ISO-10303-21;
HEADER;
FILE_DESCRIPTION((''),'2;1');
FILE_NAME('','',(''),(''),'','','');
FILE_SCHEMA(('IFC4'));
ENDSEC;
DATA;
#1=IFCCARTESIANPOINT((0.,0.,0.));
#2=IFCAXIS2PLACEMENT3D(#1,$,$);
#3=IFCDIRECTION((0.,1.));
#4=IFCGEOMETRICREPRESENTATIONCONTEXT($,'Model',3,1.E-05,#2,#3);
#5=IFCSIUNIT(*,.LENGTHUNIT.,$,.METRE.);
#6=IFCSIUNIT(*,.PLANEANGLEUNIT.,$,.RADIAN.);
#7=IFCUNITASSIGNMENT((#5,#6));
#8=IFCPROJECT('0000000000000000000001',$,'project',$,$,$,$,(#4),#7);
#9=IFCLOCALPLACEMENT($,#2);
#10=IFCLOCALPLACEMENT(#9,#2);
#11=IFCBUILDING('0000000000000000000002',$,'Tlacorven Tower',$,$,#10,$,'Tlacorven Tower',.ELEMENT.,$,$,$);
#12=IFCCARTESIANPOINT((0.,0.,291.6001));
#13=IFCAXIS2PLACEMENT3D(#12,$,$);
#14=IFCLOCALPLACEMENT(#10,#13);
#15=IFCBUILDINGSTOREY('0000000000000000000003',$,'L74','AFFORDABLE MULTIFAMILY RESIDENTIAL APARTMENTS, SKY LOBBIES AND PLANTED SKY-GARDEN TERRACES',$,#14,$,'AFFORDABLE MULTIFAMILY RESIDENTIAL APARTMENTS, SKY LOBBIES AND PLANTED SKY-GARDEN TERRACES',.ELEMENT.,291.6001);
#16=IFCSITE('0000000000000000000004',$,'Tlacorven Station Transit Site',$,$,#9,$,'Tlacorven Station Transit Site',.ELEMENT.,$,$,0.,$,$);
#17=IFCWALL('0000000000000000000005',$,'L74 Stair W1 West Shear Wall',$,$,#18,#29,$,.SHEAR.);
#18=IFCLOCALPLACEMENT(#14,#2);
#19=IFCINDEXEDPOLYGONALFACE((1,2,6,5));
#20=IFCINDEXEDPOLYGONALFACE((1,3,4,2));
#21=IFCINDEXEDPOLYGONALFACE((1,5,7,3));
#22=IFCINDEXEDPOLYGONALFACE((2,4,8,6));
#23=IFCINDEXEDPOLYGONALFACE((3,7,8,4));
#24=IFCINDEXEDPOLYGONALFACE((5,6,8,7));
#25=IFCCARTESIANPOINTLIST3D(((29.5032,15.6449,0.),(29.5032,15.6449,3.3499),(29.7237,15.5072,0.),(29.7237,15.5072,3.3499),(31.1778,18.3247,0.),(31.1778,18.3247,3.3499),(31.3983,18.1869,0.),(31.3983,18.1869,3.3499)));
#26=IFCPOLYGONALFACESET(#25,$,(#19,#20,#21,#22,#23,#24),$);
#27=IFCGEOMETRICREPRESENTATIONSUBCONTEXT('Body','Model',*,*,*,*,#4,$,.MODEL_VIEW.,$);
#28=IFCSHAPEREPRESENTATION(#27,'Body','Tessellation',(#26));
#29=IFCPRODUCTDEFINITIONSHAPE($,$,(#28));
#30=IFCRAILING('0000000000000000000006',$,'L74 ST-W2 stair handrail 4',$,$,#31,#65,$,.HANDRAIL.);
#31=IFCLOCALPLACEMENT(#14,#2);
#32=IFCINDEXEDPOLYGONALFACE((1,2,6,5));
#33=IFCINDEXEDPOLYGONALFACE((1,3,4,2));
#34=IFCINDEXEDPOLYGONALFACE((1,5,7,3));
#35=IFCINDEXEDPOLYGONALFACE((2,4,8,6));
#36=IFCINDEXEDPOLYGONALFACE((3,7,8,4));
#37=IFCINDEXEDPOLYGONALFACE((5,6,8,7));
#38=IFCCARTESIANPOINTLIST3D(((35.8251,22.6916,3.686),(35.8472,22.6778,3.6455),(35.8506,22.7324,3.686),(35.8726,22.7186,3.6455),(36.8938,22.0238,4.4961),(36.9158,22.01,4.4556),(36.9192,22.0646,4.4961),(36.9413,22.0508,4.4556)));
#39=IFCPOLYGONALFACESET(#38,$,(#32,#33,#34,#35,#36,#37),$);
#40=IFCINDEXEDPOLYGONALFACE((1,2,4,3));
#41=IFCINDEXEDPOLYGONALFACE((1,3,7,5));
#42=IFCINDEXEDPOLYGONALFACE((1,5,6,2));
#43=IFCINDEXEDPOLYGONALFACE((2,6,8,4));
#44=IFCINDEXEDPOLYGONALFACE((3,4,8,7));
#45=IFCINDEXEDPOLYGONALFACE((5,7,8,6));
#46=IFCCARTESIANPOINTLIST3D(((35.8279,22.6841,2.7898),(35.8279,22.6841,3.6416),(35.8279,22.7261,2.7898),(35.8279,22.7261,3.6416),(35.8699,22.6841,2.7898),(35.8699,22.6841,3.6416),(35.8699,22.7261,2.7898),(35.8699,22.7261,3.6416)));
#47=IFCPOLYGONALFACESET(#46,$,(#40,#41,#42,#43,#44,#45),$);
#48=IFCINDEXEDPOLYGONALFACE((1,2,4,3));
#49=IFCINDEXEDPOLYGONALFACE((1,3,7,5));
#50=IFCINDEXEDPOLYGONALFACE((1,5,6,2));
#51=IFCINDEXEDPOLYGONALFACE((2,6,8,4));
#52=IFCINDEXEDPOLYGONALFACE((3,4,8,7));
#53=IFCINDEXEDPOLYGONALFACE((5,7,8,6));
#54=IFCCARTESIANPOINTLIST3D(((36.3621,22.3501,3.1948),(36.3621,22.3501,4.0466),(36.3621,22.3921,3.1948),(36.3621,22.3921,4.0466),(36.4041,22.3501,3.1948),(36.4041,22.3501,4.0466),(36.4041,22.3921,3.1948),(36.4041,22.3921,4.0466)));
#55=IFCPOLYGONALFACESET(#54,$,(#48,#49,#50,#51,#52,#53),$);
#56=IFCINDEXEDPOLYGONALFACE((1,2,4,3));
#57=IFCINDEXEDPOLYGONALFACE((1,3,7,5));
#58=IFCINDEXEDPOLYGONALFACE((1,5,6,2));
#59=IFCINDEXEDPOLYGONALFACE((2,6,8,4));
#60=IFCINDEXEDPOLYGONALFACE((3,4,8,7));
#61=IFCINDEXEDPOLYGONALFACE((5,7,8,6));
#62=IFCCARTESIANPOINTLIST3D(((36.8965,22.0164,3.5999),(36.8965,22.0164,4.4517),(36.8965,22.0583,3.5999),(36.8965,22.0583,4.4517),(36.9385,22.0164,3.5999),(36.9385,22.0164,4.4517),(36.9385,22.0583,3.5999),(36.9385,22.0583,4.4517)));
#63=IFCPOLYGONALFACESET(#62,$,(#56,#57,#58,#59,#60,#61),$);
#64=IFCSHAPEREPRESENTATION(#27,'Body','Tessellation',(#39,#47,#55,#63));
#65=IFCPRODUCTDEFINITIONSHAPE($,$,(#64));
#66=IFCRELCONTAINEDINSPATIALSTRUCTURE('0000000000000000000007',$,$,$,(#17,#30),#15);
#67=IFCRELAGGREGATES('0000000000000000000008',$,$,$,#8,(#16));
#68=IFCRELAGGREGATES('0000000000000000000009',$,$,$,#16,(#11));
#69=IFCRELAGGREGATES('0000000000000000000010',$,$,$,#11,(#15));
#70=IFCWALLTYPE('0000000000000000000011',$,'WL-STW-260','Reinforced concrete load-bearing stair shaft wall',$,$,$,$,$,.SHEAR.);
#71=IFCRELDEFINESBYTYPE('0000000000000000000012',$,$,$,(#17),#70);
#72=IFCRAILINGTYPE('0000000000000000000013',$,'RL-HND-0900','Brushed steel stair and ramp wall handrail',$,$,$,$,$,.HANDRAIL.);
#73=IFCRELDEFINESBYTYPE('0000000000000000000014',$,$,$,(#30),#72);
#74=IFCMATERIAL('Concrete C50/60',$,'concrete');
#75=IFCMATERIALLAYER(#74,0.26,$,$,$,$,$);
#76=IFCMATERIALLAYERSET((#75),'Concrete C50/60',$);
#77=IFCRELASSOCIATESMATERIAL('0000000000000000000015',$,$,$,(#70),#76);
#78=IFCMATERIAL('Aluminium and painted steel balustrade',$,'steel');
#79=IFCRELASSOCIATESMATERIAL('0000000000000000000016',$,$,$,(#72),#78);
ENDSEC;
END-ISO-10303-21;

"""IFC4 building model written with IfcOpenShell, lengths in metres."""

from ifc_helpers import new_model, si_unit, direction, frame, frame_2d, origin, origin_2d, place, context, subcontext, project, spatial, rectangle, extrude, source, transform, mapped, material, layer, layer_set, type_object, element, save


model = new_model("IFC4")

# Units and contexts
model_context = context("Model", 3, precision=1e-05, world=origin(), true_north=direction((0.0, 1.0)))
body_context = subcontext(model_context, "Body", "Model", "MODEL_VIEW")
ifc_project = project(units=[si_unit("LENGTHUNIT", "METRE"), si_unit("PLANEANGLEUNIT", "RADIAN")], contexts=[model_context])

# Site, building, storey
site_placement = place(None, origin())
site = spatial("IfcSite", under=ifc_project, at=site_placement, Name="Tlacorven Station Transit Site", LongName="Tlacorven Station Transit Site", CompositionType="ELEMENT", RefElevation=0.0)
building_placement = place(site_placement, origin())
building = spatial("IfcBuilding", under=site, at=building_placement, Name="Tlacorven Tower", LongName="Tlacorven Tower", CompositionType="ELEMENT")
storey_placement = place(building_placement, frame((0.0, 0.0, 291.6001)))
storey = spatial("IfcBuildingStorey", under=building, at=storey_placement, Name="L74", Description="AFFORDABLE MULTIFAMILY RESIDENTIAL APARTMENTS, SKY LOBBIES AND PLANTED SKY-GARDEN TERRACES", LongName="AFFORDABLE MULTIFAMILY RESIDENTIAL APARTMENTS, SKY LOBBIES AND PLANTED SKY-GARDEN TERRACES", CompositionType="ELEMENT", Elevation=291.6001)

# Shared definitions
ifc_material_1 = material(Name="Concrete C50/60", Category="concrete")

# Shared definitions
ifc_layer_1 = layer(ifc_material_1, 0.26)
ifc_layer_set_1 = layer_set([ifc_layer_1], Name="Concrete C50/60")
wall_type_1 = type_object("IfcWallType", Name="WL-STW-260", Description="Reinforced concrete load-bearing stair shaft wall", PredefinedType="SHEAR", material=ifc_layer_set_1)

# Wall
wall_1_placement = place(storey_placement, frame((31.2881, 18.2559, 0.0), z_axis=(0.0, 0.0, 1.0), x_axis=(-0.529943, -0.848033, 0.0)))
element("IfcWall", 1, at=wall_1_placement, inside=storey, type_object=wall_type_1, Name="L74 Stair W1 West Shear Wall", PredefinedType="SHEAR", context=body_context, shape_type="SweptSolid", body=[
    extrude(rectangle(XDim=3.1599, YDim=0.26, at=frame_2d((1.5801, 0.0))), origin(), (0.0, 0.0, 1.0), 3.3499),
])

# Railing
ifc_material_2 = material(Name="Aluminium and painted steel balustrade", Category="steel")
railing_type = type_object("IfcRailingType", Name="RL-HND-0900", Description="Brushed steel stair and ramp wall handrail", PredefinedType="HANDRAIL", material=ifc_material_2)
shared_shape_1 = source(origin(), body_context, "Body", "SweptSolid", [
    extrude(rectangle(XDim=0.0481, YDim=0.0481, at=origin_2d()), frame((0.0, 0.0, 0.876), z_axis=(0.71336, -0.445748, 0.540765), x_axis=(0.529912, 0.848053, 0.0)), (0.0, 0.0, 1.0), 1.498),
    extrude(rectangle(XDim=0.042, YDim=0.042, at=origin_2d()), origin(), (0.0, 0.0, 1.0), 0.8518),
    extrude(rectangle(XDim=0.042, YDim=0.042, at=origin_2d()), frame((0.5342, -0.334, 0.405)), (0.0, 0.0, 1.0), 0.8518),
    extrude(rectangle(XDim=0.042, YDim=0.042, at=origin_2d()), frame((1.0686, -0.6677, 0.8101)), (0.0, 0.0, 1.0), 0.8518),
])
railing_placement = place(storey_placement, frame((35.8489, 22.7051, 2.7898)))
element("IfcRailing", 2, at=railing_placement, inside=storey, type_object=railing_type, Name="L74 ST-W2 stair handrail 4", PredefinedType="HANDRAIL", context=body_context, shape_type="MappedRepresentation", body=[
    mapped(shared_shape_1, transform((0.0, 0.0, 0.0), scale=1.0)),
])

save(model, "model.ifc")
